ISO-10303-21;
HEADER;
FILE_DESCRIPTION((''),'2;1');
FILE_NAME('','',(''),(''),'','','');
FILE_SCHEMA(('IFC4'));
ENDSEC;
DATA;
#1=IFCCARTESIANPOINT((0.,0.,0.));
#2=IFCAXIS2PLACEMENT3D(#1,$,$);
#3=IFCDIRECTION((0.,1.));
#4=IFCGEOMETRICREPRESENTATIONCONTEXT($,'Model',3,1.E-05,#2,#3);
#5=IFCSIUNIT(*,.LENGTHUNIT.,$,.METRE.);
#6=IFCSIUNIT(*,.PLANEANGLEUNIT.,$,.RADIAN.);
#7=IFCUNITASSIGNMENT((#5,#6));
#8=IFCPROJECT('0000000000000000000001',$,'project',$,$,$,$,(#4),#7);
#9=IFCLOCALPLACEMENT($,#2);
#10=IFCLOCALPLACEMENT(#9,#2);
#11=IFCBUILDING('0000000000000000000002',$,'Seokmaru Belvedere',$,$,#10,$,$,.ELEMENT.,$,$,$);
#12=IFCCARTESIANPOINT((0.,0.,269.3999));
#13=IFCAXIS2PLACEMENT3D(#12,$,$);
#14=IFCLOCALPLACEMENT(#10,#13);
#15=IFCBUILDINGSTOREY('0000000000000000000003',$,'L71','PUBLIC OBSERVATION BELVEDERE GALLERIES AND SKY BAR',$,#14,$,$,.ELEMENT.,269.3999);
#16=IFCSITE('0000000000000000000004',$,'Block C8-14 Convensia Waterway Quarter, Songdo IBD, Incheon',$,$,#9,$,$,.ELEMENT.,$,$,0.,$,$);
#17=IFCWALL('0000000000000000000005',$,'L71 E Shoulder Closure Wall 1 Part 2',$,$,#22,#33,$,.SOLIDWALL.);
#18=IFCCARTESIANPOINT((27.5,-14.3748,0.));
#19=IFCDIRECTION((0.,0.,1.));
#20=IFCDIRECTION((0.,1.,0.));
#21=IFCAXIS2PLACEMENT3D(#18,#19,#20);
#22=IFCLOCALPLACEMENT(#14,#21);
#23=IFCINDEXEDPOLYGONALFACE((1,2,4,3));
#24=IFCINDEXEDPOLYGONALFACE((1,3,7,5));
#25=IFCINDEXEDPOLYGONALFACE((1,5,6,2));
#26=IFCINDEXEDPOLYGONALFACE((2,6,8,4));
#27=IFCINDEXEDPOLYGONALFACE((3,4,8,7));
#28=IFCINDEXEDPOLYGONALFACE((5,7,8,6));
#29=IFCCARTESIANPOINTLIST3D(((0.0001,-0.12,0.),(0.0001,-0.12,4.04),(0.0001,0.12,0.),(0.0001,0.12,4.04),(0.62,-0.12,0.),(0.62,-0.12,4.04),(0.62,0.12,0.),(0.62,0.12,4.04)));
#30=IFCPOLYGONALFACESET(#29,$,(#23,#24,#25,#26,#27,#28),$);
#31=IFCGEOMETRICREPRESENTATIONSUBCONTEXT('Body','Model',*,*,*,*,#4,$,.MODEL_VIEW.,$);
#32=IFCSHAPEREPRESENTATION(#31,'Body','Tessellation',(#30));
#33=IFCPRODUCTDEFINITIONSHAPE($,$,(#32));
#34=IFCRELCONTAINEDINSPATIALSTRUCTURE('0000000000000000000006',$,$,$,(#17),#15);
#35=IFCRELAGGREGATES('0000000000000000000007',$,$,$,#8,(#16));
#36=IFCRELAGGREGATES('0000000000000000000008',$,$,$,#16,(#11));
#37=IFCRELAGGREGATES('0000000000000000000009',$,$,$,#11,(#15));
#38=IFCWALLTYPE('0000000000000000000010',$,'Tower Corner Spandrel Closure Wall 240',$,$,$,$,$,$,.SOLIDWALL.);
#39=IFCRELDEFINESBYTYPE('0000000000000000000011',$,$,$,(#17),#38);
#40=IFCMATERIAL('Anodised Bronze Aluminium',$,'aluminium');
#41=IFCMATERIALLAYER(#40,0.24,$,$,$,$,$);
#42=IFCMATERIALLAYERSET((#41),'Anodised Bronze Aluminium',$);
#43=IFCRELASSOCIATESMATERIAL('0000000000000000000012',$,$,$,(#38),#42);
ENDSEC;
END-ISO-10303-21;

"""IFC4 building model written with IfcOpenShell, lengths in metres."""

from ifc_helpers import new_model, si_unit, direction, frame, frame_2d, origin, place, context, subcontext, project, spatial, rectangle, extrude, material, layer, layer_set, type_object, element, save


model = new_model("IFC4")

# Units and contexts
model_context = context("Model", 3, precision=1e-05, world=origin(), true_north=direction((0.0, 1.0)))
body_context = subcontext(model_context, "Body", "Model", "MODEL_VIEW")
ifc_project = project(units=[si_unit("LENGTHUNIT", "METRE"), si_unit("PLANEANGLEUNIT", "RADIAN")], contexts=[model_context])

# Site, building, storey
site_placement = place(None, origin())
site = spatial("IfcSite", under=ifc_project, at=site_placement, Name="Block C8-14 Convensia Waterway Quarter, Songdo IBD, Incheon", CompositionType="ELEMENT", RefElevation=0.0)
building_placement = place(site_placement, origin())
building = spatial("IfcBuilding", under=site, at=building_placement, Name="Seokmaru Belvedere", CompositionType="ELEMENT")
storey_placement = place(building_placement, frame((0.0, 0.0, 269.3999)))
storey = spatial("IfcBuildingStorey", under=building, at=storey_placement, Name="L71", Description="PUBLIC OBSERVATION BELVEDERE GALLERIES AND SKY BAR", CompositionType="ELEMENT", Elevation=269.3999)

# Shared definitions
ifc_material_1 = material(Name="Anodised Bronze Aluminium", Category="aluminium")

# Wall
ifc_layer_1 = layer(ifc_material_1, 0.24)
ifc_layer_set_1 = layer_set([ifc_layer_1], Name="Anodised Bronze Aluminium")
wall_type_1 = type_object("IfcWallType", Name="Tower Corner Spandrel Closure Wall 240", PredefinedType="SOLIDWALL", material=ifc_layer_set_1)
wall_1_placement = place(storey_placement, frame((27.5, -14.3748, 0.0), z_axis=(0.0, 0.0, 1.0), x_axis=(0.0, 1.0, 0.0)))
element("IfcWall", 1, at=wall_1_placement, inside=storey, type_object=wall_type_1, Name="L71 E Shoulder Closure Wall 1 Part 2", PredefinedType="SOLIDWALL", context=body_context, shape_type="SweptSolid", body=[
    extrude(rectangle(XDim=0.6199, YDim=0.24, at=frame_2d((0.3101, 0.0))), origin(), (0.0, 0.0, 1.0), 4.04),
])

save(model, "model.ifc")
